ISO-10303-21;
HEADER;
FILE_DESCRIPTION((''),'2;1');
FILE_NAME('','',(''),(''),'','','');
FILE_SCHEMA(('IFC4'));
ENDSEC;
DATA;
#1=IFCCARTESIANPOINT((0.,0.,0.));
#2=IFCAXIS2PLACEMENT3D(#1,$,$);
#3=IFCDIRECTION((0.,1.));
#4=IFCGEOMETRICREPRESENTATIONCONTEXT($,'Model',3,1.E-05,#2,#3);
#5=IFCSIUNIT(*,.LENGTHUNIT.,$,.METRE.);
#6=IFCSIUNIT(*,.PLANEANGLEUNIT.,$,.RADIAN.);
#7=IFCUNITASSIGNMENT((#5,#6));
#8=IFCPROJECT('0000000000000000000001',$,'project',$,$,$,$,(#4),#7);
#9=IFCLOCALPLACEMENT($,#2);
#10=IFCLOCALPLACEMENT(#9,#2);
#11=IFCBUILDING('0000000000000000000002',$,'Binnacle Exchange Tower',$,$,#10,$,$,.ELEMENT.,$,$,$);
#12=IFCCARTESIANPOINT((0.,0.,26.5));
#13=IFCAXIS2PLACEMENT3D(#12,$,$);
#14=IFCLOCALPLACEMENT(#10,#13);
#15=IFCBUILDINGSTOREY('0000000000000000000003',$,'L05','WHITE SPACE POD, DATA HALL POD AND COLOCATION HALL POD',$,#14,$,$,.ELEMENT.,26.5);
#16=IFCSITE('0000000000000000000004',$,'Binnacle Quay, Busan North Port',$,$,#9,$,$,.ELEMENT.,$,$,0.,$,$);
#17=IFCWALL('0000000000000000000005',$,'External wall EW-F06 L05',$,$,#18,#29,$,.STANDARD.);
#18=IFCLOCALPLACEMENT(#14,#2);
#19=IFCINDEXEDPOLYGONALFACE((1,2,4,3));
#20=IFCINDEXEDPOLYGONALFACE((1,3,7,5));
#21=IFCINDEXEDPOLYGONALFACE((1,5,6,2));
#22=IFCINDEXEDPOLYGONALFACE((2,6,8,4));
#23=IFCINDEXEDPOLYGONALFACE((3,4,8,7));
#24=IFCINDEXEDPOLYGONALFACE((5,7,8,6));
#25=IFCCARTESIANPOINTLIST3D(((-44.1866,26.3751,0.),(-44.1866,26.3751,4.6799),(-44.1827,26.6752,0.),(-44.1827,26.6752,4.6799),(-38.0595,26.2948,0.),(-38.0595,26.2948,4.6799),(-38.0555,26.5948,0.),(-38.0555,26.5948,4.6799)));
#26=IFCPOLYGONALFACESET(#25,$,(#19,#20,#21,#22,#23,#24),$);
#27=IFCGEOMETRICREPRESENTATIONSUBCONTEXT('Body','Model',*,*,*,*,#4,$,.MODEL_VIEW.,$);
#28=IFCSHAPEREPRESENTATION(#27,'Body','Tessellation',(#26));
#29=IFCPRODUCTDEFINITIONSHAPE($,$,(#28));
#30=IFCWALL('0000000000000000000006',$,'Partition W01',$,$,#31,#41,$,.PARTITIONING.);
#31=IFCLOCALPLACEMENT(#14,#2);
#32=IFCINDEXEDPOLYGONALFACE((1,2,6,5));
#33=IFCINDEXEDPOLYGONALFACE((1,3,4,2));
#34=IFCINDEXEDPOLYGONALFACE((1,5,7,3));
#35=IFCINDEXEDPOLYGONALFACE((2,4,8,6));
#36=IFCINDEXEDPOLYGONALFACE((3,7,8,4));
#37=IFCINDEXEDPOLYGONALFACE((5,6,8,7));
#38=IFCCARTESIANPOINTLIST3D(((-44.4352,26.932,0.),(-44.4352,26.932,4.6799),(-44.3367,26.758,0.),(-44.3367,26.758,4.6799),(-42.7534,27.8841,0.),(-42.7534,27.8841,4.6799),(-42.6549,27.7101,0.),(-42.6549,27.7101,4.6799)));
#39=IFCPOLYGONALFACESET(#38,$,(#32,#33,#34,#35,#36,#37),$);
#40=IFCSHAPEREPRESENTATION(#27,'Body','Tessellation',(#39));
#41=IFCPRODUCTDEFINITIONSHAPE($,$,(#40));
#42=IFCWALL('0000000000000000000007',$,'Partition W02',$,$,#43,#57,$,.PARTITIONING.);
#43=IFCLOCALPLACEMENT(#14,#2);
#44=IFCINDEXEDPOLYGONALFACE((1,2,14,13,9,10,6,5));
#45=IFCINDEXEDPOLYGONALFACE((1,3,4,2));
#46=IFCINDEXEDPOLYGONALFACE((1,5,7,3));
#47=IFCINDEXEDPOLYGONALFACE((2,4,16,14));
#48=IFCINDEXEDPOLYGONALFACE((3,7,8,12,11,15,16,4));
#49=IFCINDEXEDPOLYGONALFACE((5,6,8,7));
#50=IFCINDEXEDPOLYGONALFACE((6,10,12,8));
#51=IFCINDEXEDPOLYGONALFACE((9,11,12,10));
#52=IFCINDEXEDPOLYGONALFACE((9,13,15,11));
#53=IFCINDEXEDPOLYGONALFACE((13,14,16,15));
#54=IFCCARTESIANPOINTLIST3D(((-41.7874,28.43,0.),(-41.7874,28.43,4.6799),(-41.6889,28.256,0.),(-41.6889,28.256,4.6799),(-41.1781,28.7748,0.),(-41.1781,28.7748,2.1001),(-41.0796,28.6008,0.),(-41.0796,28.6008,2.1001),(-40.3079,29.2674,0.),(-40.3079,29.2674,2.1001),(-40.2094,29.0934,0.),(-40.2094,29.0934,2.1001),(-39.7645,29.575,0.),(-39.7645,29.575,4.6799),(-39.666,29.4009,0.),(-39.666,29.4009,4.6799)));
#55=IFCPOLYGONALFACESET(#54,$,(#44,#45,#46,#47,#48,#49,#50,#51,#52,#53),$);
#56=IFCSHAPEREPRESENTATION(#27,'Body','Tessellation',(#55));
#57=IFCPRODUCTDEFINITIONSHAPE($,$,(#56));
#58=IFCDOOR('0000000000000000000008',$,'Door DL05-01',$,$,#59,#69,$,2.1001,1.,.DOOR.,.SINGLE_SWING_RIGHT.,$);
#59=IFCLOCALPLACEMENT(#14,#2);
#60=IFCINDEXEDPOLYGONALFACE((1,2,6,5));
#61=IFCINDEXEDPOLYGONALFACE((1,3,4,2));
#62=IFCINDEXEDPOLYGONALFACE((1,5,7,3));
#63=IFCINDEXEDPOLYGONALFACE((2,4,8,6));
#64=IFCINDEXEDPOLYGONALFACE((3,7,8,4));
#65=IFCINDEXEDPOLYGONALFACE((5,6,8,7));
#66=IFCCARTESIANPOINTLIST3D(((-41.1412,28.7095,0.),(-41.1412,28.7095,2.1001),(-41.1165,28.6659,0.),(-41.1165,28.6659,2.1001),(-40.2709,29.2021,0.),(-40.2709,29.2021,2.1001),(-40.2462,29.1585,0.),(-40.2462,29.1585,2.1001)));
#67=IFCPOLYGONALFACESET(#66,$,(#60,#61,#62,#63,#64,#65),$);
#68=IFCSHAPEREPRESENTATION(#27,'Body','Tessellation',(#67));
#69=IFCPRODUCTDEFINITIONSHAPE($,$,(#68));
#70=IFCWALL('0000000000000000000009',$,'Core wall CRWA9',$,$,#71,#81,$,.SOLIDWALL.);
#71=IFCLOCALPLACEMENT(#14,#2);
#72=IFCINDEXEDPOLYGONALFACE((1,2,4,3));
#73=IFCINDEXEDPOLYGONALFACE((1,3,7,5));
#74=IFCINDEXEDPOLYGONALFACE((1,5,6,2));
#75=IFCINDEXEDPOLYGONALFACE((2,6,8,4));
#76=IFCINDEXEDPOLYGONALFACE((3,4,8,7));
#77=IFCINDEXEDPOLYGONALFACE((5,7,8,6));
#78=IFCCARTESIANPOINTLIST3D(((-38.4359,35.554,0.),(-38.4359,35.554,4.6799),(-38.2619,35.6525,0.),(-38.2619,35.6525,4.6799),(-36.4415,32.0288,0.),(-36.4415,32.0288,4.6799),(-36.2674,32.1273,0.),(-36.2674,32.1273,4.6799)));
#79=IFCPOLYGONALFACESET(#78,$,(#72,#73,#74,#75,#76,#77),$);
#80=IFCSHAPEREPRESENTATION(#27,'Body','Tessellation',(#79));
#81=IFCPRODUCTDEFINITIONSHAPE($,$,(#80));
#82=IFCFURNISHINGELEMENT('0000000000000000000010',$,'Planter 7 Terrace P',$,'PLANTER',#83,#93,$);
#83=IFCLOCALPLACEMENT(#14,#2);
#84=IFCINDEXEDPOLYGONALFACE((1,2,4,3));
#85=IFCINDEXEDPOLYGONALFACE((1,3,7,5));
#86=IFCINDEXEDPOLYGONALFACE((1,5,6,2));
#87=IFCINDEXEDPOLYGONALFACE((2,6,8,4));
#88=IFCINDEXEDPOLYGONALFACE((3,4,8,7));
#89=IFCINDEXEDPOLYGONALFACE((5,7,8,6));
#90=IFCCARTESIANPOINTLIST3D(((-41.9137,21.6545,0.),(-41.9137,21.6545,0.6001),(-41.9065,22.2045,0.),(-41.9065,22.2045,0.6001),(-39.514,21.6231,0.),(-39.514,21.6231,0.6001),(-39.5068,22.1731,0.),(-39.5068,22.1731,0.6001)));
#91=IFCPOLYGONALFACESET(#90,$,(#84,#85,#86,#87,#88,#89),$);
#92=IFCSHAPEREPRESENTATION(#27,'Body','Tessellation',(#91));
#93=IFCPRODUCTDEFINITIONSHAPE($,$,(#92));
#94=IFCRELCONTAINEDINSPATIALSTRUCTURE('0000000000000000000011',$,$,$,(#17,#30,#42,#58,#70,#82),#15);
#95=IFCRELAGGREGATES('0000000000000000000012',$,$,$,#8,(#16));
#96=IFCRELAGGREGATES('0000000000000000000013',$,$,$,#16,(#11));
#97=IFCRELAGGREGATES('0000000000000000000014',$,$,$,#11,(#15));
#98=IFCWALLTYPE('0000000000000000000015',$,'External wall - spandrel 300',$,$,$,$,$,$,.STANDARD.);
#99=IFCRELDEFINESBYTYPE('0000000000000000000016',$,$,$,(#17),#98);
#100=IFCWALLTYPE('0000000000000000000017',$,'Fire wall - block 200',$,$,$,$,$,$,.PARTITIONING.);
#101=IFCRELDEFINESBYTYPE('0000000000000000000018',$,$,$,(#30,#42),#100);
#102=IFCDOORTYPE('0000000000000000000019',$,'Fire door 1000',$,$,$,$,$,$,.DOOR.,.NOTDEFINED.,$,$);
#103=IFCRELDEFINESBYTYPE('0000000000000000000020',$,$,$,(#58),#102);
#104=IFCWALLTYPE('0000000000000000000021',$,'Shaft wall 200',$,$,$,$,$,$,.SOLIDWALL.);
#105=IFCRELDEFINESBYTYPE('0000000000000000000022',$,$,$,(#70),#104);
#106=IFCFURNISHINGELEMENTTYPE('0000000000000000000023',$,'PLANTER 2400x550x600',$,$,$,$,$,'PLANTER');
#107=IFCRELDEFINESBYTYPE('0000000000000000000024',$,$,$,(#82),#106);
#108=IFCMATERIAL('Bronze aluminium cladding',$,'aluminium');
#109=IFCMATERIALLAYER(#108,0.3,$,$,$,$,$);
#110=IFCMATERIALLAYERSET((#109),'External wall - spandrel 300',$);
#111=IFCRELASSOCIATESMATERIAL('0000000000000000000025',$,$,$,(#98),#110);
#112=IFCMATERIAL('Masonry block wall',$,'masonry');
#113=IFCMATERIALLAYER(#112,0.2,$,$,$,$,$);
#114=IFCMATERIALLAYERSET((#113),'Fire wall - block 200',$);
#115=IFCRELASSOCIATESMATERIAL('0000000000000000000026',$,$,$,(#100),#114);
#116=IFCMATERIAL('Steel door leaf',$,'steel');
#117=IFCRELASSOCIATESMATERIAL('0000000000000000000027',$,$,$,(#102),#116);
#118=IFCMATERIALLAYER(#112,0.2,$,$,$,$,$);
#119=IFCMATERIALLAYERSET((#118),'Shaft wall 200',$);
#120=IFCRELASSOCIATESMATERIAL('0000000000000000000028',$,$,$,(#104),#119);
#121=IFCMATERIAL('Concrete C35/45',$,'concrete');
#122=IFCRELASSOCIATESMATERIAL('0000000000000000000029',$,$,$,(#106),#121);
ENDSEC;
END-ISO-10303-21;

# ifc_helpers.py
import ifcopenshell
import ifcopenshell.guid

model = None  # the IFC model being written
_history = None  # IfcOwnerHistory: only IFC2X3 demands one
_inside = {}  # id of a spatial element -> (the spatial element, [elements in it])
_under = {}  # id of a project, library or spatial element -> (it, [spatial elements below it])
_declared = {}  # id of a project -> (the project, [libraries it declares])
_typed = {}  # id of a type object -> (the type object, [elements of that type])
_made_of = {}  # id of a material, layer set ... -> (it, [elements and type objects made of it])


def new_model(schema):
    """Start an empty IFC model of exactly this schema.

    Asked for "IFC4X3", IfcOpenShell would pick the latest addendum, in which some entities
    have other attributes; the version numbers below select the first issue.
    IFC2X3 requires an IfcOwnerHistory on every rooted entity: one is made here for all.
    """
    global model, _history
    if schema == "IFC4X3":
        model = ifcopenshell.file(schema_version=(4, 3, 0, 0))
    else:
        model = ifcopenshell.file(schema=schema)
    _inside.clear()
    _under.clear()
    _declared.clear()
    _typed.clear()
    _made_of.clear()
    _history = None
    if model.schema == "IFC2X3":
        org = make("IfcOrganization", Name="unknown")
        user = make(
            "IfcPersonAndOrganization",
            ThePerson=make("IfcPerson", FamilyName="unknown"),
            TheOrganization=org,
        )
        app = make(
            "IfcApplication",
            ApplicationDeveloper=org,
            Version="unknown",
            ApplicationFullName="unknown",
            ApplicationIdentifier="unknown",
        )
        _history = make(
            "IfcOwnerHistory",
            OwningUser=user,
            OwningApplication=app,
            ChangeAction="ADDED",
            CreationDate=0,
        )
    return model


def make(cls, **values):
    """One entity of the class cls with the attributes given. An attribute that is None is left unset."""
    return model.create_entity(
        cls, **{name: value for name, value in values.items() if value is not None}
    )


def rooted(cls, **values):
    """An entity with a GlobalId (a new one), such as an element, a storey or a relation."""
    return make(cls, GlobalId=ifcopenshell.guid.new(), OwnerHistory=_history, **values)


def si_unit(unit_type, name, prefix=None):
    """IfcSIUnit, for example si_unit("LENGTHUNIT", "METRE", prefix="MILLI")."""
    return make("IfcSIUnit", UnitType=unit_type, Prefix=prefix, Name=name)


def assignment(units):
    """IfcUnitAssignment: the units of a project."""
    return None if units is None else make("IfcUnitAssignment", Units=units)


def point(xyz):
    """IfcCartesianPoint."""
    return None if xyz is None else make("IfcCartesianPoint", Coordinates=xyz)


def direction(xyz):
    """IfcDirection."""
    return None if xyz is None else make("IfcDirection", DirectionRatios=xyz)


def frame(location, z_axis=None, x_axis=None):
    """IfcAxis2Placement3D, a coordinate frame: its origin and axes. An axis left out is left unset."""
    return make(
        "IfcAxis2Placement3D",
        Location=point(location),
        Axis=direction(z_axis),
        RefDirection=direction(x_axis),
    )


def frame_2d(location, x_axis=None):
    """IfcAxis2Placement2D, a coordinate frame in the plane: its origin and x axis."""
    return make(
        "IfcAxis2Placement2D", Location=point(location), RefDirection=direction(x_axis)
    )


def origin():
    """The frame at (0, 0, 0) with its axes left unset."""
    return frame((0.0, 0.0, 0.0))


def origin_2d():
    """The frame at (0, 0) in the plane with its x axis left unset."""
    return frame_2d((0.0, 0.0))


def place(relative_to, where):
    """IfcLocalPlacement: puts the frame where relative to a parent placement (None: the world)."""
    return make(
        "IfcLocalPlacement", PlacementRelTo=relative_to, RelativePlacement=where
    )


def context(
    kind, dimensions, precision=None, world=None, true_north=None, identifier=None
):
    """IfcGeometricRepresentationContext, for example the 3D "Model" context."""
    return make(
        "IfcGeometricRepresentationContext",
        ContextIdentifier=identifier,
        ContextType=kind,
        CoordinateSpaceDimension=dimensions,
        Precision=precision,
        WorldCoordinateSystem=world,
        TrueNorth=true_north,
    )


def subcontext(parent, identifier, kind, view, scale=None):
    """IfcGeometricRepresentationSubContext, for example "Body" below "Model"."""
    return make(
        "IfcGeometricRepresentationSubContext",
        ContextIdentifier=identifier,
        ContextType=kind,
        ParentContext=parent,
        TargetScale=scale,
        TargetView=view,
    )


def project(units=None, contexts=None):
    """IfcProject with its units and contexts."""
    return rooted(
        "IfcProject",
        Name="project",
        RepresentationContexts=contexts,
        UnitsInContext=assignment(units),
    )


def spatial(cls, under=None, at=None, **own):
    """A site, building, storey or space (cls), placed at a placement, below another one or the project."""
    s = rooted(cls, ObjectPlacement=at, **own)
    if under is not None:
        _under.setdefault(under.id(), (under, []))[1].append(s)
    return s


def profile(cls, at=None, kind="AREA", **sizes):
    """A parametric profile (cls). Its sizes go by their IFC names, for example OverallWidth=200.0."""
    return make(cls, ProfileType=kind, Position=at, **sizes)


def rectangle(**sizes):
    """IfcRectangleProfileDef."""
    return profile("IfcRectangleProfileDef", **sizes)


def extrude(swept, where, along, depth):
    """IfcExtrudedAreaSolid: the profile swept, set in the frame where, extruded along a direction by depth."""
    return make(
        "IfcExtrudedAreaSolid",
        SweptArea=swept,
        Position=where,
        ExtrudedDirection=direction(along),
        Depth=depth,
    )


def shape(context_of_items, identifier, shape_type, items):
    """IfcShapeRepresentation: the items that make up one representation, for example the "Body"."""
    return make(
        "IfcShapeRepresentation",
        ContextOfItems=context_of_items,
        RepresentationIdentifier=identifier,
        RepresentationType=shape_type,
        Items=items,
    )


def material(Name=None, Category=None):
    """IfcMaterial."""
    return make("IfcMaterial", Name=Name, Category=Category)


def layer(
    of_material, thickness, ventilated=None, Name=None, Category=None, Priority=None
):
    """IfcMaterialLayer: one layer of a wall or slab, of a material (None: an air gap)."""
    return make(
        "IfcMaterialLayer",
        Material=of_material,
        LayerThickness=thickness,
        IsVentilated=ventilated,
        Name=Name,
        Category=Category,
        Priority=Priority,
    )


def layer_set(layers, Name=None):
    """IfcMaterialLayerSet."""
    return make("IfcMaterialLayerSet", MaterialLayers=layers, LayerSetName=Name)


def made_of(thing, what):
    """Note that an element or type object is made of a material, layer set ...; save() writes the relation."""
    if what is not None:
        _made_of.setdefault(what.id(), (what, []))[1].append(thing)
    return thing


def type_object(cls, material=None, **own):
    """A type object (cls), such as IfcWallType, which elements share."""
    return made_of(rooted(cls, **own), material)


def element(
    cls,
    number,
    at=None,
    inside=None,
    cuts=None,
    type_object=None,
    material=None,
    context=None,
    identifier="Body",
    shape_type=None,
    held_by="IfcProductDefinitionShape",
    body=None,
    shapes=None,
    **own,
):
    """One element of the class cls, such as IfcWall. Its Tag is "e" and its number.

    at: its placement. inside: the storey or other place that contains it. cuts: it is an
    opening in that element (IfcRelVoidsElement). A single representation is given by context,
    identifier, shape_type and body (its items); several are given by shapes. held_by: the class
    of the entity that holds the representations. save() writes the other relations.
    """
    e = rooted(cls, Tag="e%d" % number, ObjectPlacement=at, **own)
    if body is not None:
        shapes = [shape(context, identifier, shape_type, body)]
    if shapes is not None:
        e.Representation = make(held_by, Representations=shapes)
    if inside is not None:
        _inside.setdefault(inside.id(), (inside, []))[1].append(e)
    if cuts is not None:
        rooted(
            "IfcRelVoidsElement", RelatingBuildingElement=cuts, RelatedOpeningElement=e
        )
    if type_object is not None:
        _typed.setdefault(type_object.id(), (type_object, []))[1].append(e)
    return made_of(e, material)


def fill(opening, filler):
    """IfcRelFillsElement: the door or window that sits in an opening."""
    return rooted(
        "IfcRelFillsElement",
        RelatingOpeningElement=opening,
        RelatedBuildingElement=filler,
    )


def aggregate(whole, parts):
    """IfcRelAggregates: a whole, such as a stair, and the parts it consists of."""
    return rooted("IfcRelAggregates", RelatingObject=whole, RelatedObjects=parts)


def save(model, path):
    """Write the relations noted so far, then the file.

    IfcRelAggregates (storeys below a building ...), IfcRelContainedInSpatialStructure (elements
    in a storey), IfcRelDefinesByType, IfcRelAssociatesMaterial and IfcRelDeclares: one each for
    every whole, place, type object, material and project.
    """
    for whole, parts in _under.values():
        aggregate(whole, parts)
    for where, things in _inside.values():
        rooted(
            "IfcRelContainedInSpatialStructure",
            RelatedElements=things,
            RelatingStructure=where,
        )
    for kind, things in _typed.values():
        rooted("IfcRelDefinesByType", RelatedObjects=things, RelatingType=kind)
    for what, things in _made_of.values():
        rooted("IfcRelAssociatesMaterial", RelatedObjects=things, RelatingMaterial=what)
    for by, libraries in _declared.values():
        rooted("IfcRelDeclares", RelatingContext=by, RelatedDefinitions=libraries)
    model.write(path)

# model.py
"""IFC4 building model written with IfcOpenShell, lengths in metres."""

from ifc_helpers import new_model, si_unit, direction, frame, frame_2d, origin, origin_2d, place, context, subcontext, project, spatial, rectangle, extrude, material, layer, layer_set, type_object, element, fill, save


model = new_model("IFC4")

# Units and contexts
model_context = context("Model", 3, precision=1e-05, world=origin(), true_north=direction((0.0, 1.0)))
body_context = subcontext(model_context, "Body", "Model", "MODEL_VIEW")
ifc_project = project(units=[si_unit("LENGTHUNIT", "METRE"), si_unit("PLANEANGLEUNIT", "RADIAN")], contexts=[model_context])

# Site, building, storey
site_placement = place(None, origin())
site = spatial("IfcSite", under=ifc_project, at=site_placement, Name="Binnacle Quay, Busan North Port", CompositionType="ELEMENT", RefElevation=0.0)
building_placement = place(site_placement, origin())
building = spatial("IfcBuilding", under=site, at=building_placement, Name="Binnacle Exchange Tower", CompositionType="ELEMENT")
storey_placement = place(building_placement, frame((0.0, 0.0, 26.5)))
storey = spatial("IfcBuildingStorey", under=building, at=storey_placement, Name="L05", Description="WHITE SPACE POD, DATA HALL POD AND COLOCATION HALL POD", CompositionType="ELEMENT", Elevation=26.5)

# Shared definitions
ifc_material_1 = material(Name="Steel door leaf", Category="steel")

# Shared definitions
ifc_material_2 = material(Name="Bronze aluminium cladding", Category="aluminium")
ifc_layer_1 = layer(ifc_material_2, 0.3)
ifc_layer_set_1 = layer_set([ifc_layer_1], Name="External wall - spandrel 300")
wall_type_1 = type_object("IfcWallType", Name="External wall - spandrel 300", PredefinedType="STANDARD", material=ifc_layer_set_1)

# Walls
wall_1_placement = place(storey_placement, frame((-38.0574, 26.4448, 0.0), z_axis=(0.0, 0.0, 1.0), x_axis=(-0.999914, 0.013108, 0.0)))
element("IfcWall", 1, at=wall_1_placement, inside=storey, type_object=wall_type_1, Name="External wall EW-F06 L05", PredefinedType="STANDARD", context=body_context, shape_type="SweptSolid", body=[
    extrude(rectangle(XDim=6.1277, YDim=0.3, at=frame_2d((3.064, 0.0))), origin(), (0.0, 0.0, 1.0), 4.6799),
])
ifc_material_3 = material(Name="Masonry block wall", Category="masonry")
ifc_layer_2 = layer(ifc_material_3, 0.2)
ifc_layer_set_2 = layer_set([ifc_layer_2], Name="Fire wall - block 200")
wall_type_2 = type_object("IfcWallType", Name="Fire wall - block 200", PredefinedType="PARTITIONING", material=ifc_layer_set_2)
wall_2_placement = place(storey_placement, frame((-44.386, 26.845, 0.0), z_axis=(0.0, 0.0, 1.0), x_axis=(0.870226, 0.492652, 0.0)))
element("IfcWall", 2, at=wall_2_placement, inside=storey, type_object=wall_type_2, Name="Partition W01", PredefinedType="PARTITIONING", context=body_context, shape_type="SweptSolid", body=[
    extrude(rectangle(XDim=1.9326, YDim=0.2, at=frame_2d((0.9663, 0.0))), origin(), (0.0, 0.0, 1.0), 4.6799),
])

# Wall, opening, door
wall_3_placement = place(storey_placement, frame((-41.738, 28.343, 0.0), z_axis=(0.0, 0.0, 1.0), x_axis=(0.870265, 0.492583, 0.0)))
wall_3 = element("IfcWall", 3, at=wall_3_placement, inside=storey, type_object=wall_type_2, Name="Partition W02", PredefinedType="PARTITIONING", context=body_context, shape_type="SweptSolid", body=[
    extrude(rectangle(XDim=2.3245, YDim=0.2, at=frame_2d((1.1621, 0.0))), origin(), (0.0, 0.0, 1.0), 4.6799),
])
opening_1_placement = place(wall_3_placement, frame((0.7, 0.0, 0.0)))
opening_1 = element("IfcOpeningElement", 4, at=opening_1_placement, cuts=wall_3, PredefinedType="OPENING", context=body_context, shape_type="SweptSolid", body=[
    extrude(rectangle(XDim=1.0, YDim=2.1001, at=frame_2d((0.5, 1.05))), frame((0.0, 0.1099, 0.0), z_axis=(0.0, -1.0, 0.0), x_axis=(1.0, 0.0, 0.0)), (0.0, 0.0, 1.0), 0.22),
])
door_type_1 = type_object("IfcDoorType", Name="Fire door 1000", OperationType="NOTDEFINED", PredefinedType="DOOR", material=ifc_material_1)
door_1_placement = place(opening_1_placement, origin())
door_1 = element("IfcDoor", 5, at=door_1_placement, inside=storey, type_object=door_type_1, Name="Door DL05-01", OperationType="SINGLE_SWING_RIGHT", OverallHeight=2.1001, OverallWidth=1.0, PredefinedType="DOOR", context=body_context, shape_type="SweptSolid", body=[
    extrude(rectangle(XDim=1.0, YDim=2.1001, at=frame_2d((0.5, 1.05))), frame((0.0, 0.0249, 0.0), z_axis=(0.0, -1.0, 0.0), x_axis=(1.0, 0.0, 0.0)), (0.0, 0.0, 1.0), 0.05),
])
fill(opening_1, door_1)

# Wall
ifc_layer_3 = layer(ifc_material_3, 0.2)
ifc_layer_set_3 = layer_set([ifc_layer_3], Name="Shaft wall 200")
wall_type_3 = type_object("IfcWallType", Name="Shaft wall 200", PredefinedType="SOLIDWALL", material=ifc_layer_set_3)
wall_4_placement = place(storey_placement, frame((-38.3489, 35.6033, 0.0), z_axis=(0.0, 0.0, 1.0), x_axis=(0.492415, -0.870361, 0.0)))
element("IfcWall", 6, at=wall_4_placement, inside=storey, type_object=wall_type_3, Name="Core wall CRWA9", PredefinedType="SOLIDWALL", context=body_context, shape_type="SweptSolid", body=[
    extrude(rectangle(XDim=4.0503, YDim=0.2, at=frame_2d((2.0251, 0.0))), origin(), (0.0, 0.0, 1.0), 4.6799),
])

# Furnishing element
ifc_material_4 = material(Name="Concrete C35/45", Category="concrete")
furnishing_element_type = type_object("IfcFurnishingElementType", Name="PLANTER 2400x550x600", ElementType="PLANTER", material=ifc_material_4)
furnishing_placement = place(storey_placement, frame((-40.7102, 21.9138, 0.0), z_axis=(0.0, 0.0, 1.0), x_axis=(0.999914, -0.013098, 0.0)))
element("IfcFurnishingElement", 7, at=furnishing_placement, inside=storey, type_object=furnishing_element_type, Name="Planter 7 Terrace P", ObjectType="PLANTER", context=body_context, shape_type="SweptSolid", body=[
    extrude(rectangle(XDim=2.3999, YDim=0.55, at=origin_2d()), origin(), (0.0, 0.0, 1.0), 0.6001),
])

save(model, "model.ifc")
